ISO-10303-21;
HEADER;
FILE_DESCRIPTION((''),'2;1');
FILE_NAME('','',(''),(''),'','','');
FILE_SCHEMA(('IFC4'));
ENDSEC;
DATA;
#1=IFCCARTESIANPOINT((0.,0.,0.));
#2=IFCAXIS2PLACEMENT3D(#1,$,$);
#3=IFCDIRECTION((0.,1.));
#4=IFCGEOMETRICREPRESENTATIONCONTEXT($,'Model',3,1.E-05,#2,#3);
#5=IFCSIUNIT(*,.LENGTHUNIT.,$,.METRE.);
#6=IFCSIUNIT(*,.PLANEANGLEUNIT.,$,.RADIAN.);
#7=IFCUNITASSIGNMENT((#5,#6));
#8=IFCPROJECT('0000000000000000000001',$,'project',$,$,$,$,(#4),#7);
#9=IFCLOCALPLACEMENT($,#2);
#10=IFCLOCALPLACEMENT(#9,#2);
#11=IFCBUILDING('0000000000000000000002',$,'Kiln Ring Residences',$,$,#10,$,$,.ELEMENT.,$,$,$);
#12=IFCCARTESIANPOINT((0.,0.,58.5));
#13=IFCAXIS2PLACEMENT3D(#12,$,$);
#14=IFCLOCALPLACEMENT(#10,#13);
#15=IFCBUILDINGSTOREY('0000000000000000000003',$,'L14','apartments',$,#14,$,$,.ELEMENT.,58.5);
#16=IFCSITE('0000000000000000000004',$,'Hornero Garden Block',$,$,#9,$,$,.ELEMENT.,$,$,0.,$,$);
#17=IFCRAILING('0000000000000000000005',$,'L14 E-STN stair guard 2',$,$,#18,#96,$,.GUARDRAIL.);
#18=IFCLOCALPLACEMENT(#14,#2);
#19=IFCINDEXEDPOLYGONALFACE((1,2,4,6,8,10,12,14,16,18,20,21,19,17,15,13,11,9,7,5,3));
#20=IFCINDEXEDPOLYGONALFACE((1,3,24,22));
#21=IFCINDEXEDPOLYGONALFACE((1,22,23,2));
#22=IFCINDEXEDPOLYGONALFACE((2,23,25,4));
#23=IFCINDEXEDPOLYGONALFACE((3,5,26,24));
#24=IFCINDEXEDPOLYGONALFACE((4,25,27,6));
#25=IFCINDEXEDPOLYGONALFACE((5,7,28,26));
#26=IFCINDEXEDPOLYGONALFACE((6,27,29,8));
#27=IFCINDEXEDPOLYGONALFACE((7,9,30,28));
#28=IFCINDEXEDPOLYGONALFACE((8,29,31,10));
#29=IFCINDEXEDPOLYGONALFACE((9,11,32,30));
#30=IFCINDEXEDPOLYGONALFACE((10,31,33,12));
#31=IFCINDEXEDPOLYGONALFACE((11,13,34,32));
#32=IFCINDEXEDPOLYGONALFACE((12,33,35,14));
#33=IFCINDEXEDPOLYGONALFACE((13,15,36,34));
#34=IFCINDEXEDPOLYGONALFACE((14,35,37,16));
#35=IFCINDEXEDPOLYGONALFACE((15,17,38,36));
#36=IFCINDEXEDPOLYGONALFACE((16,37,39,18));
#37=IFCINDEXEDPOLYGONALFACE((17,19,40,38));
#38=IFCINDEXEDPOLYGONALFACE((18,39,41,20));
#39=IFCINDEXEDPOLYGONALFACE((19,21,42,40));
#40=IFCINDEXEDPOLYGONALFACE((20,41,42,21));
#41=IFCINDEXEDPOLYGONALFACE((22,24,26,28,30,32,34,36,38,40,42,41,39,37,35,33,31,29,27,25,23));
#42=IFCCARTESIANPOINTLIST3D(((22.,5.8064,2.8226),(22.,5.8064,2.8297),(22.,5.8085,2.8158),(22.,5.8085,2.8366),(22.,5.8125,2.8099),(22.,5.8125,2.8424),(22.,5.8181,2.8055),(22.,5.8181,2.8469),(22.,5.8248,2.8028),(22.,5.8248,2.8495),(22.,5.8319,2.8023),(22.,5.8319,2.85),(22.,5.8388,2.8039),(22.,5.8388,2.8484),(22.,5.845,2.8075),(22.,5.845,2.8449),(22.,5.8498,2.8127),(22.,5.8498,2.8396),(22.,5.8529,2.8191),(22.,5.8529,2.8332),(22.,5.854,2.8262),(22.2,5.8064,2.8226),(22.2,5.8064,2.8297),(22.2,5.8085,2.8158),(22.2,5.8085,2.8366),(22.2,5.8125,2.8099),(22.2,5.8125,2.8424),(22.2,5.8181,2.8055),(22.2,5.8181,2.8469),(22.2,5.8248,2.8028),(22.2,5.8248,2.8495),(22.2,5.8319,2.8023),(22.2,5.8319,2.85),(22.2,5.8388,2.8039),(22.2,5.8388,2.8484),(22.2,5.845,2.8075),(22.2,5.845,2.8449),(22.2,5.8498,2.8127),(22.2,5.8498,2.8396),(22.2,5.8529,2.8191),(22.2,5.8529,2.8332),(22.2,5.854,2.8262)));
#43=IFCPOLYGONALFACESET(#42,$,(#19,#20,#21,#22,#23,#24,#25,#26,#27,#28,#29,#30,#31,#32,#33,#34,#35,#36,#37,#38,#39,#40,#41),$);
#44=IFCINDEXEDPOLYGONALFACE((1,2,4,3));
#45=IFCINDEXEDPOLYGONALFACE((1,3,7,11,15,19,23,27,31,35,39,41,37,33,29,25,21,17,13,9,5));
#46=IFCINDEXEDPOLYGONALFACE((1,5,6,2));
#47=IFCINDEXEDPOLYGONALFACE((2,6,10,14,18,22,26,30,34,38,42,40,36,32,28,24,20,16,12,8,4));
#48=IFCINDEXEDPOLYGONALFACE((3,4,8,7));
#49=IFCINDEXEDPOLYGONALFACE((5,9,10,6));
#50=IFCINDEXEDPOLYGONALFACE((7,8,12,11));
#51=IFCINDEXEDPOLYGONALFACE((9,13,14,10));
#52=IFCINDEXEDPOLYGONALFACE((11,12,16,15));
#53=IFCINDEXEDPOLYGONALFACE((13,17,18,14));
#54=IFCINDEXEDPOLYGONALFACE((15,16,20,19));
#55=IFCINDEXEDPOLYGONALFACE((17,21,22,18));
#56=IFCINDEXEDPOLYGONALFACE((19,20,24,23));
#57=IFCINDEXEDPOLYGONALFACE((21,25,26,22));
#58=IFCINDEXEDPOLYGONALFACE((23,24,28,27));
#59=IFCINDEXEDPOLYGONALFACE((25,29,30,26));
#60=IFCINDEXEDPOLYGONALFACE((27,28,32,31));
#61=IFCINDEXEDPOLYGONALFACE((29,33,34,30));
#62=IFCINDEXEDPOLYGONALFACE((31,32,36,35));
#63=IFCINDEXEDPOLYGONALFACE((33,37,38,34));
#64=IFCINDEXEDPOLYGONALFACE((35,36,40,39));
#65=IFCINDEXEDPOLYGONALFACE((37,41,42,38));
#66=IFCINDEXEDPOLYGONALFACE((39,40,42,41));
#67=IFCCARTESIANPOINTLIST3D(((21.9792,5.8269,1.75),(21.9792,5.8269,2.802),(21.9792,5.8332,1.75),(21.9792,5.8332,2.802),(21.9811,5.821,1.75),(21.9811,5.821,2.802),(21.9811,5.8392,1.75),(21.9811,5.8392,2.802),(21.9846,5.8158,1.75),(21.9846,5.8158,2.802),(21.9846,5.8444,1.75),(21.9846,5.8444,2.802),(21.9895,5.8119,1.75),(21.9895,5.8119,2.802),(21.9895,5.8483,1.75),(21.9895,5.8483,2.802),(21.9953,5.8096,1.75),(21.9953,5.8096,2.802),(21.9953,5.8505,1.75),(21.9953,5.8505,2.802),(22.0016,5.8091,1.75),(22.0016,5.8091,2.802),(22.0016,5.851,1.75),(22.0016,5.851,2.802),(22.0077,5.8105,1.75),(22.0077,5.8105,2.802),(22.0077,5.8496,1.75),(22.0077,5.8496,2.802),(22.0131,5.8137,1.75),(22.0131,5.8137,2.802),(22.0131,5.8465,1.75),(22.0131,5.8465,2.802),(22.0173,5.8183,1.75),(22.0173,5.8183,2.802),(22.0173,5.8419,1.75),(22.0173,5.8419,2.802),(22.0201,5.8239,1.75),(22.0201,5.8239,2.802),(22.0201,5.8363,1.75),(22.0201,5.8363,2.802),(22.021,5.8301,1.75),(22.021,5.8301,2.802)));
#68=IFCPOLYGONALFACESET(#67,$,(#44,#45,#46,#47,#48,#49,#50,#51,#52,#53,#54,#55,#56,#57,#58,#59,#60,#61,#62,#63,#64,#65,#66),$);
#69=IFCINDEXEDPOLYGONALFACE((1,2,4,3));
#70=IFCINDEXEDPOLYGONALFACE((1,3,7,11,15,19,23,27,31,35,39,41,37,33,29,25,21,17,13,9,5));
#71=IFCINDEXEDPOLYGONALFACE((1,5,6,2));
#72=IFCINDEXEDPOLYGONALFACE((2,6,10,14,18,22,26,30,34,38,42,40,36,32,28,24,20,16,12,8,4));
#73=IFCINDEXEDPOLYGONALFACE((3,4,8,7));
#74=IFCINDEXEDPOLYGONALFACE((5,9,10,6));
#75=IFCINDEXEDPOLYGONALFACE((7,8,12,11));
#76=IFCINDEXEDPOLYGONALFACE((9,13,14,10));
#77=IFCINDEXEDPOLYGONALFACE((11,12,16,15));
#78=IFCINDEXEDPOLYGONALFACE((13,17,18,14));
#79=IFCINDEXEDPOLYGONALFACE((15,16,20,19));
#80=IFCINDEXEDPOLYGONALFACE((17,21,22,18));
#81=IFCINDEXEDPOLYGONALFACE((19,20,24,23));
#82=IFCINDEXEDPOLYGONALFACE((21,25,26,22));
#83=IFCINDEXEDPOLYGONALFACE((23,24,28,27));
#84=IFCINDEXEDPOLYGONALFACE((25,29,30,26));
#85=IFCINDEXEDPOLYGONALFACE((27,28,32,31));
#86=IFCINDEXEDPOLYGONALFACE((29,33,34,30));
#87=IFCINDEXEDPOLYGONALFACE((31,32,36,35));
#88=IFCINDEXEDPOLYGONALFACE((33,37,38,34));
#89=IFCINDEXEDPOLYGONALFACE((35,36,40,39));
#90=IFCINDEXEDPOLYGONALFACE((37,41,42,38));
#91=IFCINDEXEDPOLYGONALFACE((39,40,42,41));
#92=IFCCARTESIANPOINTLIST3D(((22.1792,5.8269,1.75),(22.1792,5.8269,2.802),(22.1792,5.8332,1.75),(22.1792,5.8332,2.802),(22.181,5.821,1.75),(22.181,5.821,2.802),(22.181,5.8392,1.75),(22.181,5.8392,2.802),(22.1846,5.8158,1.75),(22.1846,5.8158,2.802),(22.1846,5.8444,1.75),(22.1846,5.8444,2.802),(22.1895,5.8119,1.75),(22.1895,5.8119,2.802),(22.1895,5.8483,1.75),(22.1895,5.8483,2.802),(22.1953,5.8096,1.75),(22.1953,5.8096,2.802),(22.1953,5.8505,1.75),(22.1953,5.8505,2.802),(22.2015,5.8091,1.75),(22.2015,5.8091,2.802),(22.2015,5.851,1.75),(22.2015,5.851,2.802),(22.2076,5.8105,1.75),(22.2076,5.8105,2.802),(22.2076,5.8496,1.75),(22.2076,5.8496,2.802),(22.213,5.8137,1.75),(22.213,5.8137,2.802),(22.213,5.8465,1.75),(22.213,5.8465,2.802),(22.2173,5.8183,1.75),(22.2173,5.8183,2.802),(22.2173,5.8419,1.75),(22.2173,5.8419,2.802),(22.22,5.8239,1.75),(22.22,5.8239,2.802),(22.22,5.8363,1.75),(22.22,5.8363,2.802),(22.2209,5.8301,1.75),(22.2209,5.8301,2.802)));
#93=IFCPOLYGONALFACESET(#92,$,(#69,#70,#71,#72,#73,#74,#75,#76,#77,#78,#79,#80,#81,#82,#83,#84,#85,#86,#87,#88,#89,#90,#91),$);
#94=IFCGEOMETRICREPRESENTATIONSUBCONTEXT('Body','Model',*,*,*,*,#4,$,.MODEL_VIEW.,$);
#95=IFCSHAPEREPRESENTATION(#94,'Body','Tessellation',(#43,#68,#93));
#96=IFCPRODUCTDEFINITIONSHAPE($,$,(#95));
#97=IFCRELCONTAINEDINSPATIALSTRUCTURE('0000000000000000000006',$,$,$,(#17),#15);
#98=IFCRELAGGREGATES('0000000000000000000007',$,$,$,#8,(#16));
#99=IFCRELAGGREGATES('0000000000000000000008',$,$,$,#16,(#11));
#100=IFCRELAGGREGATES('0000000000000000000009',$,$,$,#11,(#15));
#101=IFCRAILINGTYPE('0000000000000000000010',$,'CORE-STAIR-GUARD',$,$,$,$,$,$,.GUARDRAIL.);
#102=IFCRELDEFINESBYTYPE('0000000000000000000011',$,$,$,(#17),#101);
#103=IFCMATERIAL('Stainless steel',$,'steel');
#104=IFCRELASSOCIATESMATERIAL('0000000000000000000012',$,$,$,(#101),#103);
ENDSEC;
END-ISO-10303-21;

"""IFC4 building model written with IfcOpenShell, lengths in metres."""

from ifc_helpers import new_model, si_unit, direction, frame, origin, origin_2d, place, context, subcontext, project, spatial, circle, extrude, material, type_object, element, save


model = new_model("IFC4")

# Units and contexts
model_context = context("Model", 3, precision=1e-05, world=origin(), true_north=direction((0.0, 1.0)))
body_context = subcontext(model_context, "Body", "Model", "MODEL_VIEW")
ifc_project = project(units=[si_unit("LENGTHUNIT", "METRE"), si_unit("PLANEANGLEUNIT", "RADIAN")], contexts=[model_context])

# Site, building, storey
site_placement = place(None, origin())
site = spatial("IfcSite", under=ifc_project, at=site_placement, Name="Hornero Garden Block", CompositionType="ELEMENT", RefElevation=0.0)
building_placement = place(site_placement, origin())
building = spatial("IfcBuilding", under=site, at=building_placement, Name="Kiln Ring Residences", CompositionType="ELEMENT")
storey_placement = place(building_placement, frame((0.0, 0.0, 58.5)))
storey = spatial("IfcBuildingStorey", under=building, at=storey_placement, Name="L14", Description="apartments", CompositionType="ELEMENT", Elevation=58.5)

# Railing
ifc_material_1 = material(Name="Stainless steel", Category="steel")
railing_type_1 = type_object("IfcRailingType", Name="CORE-STAIR-GUARD", PredefinedType="GUARDRAIL", material=ifc_material_1)
railing_1_placement = place(storey_placement, frame((22.0, 5.8301, 1.75)))
element("IfcRailing", 1, at=railing_1_placement, inside=storey, type_object=railing_type_1, Name="L14 E-STN stair guard 2", PredefinedType="GUARDRAIL", context=body_context, shape_type="SweptSolid", body=[
    extrude(circle(Radius=0.0239, at=origin_2d()), frame((0.0, 0.0, 1.0762), z_axis=(1.0, 0.0, 0.0), x_axis=(0.0, 1.0, 0.0)), (0.0, 0.0, 1.0), 0.2),
    extrude(circle(Radius=0.021, at=origin_2d()), origin(), (0.0, 0.0, 1.0), 1.052),
    extrude(circle(Radius=0.021, at=origin_2d()), frame((0.2, 0.0, 0.0)), (0.0, 0.0, 1.0), 1.052),
])

save(model, "model.ifc")
